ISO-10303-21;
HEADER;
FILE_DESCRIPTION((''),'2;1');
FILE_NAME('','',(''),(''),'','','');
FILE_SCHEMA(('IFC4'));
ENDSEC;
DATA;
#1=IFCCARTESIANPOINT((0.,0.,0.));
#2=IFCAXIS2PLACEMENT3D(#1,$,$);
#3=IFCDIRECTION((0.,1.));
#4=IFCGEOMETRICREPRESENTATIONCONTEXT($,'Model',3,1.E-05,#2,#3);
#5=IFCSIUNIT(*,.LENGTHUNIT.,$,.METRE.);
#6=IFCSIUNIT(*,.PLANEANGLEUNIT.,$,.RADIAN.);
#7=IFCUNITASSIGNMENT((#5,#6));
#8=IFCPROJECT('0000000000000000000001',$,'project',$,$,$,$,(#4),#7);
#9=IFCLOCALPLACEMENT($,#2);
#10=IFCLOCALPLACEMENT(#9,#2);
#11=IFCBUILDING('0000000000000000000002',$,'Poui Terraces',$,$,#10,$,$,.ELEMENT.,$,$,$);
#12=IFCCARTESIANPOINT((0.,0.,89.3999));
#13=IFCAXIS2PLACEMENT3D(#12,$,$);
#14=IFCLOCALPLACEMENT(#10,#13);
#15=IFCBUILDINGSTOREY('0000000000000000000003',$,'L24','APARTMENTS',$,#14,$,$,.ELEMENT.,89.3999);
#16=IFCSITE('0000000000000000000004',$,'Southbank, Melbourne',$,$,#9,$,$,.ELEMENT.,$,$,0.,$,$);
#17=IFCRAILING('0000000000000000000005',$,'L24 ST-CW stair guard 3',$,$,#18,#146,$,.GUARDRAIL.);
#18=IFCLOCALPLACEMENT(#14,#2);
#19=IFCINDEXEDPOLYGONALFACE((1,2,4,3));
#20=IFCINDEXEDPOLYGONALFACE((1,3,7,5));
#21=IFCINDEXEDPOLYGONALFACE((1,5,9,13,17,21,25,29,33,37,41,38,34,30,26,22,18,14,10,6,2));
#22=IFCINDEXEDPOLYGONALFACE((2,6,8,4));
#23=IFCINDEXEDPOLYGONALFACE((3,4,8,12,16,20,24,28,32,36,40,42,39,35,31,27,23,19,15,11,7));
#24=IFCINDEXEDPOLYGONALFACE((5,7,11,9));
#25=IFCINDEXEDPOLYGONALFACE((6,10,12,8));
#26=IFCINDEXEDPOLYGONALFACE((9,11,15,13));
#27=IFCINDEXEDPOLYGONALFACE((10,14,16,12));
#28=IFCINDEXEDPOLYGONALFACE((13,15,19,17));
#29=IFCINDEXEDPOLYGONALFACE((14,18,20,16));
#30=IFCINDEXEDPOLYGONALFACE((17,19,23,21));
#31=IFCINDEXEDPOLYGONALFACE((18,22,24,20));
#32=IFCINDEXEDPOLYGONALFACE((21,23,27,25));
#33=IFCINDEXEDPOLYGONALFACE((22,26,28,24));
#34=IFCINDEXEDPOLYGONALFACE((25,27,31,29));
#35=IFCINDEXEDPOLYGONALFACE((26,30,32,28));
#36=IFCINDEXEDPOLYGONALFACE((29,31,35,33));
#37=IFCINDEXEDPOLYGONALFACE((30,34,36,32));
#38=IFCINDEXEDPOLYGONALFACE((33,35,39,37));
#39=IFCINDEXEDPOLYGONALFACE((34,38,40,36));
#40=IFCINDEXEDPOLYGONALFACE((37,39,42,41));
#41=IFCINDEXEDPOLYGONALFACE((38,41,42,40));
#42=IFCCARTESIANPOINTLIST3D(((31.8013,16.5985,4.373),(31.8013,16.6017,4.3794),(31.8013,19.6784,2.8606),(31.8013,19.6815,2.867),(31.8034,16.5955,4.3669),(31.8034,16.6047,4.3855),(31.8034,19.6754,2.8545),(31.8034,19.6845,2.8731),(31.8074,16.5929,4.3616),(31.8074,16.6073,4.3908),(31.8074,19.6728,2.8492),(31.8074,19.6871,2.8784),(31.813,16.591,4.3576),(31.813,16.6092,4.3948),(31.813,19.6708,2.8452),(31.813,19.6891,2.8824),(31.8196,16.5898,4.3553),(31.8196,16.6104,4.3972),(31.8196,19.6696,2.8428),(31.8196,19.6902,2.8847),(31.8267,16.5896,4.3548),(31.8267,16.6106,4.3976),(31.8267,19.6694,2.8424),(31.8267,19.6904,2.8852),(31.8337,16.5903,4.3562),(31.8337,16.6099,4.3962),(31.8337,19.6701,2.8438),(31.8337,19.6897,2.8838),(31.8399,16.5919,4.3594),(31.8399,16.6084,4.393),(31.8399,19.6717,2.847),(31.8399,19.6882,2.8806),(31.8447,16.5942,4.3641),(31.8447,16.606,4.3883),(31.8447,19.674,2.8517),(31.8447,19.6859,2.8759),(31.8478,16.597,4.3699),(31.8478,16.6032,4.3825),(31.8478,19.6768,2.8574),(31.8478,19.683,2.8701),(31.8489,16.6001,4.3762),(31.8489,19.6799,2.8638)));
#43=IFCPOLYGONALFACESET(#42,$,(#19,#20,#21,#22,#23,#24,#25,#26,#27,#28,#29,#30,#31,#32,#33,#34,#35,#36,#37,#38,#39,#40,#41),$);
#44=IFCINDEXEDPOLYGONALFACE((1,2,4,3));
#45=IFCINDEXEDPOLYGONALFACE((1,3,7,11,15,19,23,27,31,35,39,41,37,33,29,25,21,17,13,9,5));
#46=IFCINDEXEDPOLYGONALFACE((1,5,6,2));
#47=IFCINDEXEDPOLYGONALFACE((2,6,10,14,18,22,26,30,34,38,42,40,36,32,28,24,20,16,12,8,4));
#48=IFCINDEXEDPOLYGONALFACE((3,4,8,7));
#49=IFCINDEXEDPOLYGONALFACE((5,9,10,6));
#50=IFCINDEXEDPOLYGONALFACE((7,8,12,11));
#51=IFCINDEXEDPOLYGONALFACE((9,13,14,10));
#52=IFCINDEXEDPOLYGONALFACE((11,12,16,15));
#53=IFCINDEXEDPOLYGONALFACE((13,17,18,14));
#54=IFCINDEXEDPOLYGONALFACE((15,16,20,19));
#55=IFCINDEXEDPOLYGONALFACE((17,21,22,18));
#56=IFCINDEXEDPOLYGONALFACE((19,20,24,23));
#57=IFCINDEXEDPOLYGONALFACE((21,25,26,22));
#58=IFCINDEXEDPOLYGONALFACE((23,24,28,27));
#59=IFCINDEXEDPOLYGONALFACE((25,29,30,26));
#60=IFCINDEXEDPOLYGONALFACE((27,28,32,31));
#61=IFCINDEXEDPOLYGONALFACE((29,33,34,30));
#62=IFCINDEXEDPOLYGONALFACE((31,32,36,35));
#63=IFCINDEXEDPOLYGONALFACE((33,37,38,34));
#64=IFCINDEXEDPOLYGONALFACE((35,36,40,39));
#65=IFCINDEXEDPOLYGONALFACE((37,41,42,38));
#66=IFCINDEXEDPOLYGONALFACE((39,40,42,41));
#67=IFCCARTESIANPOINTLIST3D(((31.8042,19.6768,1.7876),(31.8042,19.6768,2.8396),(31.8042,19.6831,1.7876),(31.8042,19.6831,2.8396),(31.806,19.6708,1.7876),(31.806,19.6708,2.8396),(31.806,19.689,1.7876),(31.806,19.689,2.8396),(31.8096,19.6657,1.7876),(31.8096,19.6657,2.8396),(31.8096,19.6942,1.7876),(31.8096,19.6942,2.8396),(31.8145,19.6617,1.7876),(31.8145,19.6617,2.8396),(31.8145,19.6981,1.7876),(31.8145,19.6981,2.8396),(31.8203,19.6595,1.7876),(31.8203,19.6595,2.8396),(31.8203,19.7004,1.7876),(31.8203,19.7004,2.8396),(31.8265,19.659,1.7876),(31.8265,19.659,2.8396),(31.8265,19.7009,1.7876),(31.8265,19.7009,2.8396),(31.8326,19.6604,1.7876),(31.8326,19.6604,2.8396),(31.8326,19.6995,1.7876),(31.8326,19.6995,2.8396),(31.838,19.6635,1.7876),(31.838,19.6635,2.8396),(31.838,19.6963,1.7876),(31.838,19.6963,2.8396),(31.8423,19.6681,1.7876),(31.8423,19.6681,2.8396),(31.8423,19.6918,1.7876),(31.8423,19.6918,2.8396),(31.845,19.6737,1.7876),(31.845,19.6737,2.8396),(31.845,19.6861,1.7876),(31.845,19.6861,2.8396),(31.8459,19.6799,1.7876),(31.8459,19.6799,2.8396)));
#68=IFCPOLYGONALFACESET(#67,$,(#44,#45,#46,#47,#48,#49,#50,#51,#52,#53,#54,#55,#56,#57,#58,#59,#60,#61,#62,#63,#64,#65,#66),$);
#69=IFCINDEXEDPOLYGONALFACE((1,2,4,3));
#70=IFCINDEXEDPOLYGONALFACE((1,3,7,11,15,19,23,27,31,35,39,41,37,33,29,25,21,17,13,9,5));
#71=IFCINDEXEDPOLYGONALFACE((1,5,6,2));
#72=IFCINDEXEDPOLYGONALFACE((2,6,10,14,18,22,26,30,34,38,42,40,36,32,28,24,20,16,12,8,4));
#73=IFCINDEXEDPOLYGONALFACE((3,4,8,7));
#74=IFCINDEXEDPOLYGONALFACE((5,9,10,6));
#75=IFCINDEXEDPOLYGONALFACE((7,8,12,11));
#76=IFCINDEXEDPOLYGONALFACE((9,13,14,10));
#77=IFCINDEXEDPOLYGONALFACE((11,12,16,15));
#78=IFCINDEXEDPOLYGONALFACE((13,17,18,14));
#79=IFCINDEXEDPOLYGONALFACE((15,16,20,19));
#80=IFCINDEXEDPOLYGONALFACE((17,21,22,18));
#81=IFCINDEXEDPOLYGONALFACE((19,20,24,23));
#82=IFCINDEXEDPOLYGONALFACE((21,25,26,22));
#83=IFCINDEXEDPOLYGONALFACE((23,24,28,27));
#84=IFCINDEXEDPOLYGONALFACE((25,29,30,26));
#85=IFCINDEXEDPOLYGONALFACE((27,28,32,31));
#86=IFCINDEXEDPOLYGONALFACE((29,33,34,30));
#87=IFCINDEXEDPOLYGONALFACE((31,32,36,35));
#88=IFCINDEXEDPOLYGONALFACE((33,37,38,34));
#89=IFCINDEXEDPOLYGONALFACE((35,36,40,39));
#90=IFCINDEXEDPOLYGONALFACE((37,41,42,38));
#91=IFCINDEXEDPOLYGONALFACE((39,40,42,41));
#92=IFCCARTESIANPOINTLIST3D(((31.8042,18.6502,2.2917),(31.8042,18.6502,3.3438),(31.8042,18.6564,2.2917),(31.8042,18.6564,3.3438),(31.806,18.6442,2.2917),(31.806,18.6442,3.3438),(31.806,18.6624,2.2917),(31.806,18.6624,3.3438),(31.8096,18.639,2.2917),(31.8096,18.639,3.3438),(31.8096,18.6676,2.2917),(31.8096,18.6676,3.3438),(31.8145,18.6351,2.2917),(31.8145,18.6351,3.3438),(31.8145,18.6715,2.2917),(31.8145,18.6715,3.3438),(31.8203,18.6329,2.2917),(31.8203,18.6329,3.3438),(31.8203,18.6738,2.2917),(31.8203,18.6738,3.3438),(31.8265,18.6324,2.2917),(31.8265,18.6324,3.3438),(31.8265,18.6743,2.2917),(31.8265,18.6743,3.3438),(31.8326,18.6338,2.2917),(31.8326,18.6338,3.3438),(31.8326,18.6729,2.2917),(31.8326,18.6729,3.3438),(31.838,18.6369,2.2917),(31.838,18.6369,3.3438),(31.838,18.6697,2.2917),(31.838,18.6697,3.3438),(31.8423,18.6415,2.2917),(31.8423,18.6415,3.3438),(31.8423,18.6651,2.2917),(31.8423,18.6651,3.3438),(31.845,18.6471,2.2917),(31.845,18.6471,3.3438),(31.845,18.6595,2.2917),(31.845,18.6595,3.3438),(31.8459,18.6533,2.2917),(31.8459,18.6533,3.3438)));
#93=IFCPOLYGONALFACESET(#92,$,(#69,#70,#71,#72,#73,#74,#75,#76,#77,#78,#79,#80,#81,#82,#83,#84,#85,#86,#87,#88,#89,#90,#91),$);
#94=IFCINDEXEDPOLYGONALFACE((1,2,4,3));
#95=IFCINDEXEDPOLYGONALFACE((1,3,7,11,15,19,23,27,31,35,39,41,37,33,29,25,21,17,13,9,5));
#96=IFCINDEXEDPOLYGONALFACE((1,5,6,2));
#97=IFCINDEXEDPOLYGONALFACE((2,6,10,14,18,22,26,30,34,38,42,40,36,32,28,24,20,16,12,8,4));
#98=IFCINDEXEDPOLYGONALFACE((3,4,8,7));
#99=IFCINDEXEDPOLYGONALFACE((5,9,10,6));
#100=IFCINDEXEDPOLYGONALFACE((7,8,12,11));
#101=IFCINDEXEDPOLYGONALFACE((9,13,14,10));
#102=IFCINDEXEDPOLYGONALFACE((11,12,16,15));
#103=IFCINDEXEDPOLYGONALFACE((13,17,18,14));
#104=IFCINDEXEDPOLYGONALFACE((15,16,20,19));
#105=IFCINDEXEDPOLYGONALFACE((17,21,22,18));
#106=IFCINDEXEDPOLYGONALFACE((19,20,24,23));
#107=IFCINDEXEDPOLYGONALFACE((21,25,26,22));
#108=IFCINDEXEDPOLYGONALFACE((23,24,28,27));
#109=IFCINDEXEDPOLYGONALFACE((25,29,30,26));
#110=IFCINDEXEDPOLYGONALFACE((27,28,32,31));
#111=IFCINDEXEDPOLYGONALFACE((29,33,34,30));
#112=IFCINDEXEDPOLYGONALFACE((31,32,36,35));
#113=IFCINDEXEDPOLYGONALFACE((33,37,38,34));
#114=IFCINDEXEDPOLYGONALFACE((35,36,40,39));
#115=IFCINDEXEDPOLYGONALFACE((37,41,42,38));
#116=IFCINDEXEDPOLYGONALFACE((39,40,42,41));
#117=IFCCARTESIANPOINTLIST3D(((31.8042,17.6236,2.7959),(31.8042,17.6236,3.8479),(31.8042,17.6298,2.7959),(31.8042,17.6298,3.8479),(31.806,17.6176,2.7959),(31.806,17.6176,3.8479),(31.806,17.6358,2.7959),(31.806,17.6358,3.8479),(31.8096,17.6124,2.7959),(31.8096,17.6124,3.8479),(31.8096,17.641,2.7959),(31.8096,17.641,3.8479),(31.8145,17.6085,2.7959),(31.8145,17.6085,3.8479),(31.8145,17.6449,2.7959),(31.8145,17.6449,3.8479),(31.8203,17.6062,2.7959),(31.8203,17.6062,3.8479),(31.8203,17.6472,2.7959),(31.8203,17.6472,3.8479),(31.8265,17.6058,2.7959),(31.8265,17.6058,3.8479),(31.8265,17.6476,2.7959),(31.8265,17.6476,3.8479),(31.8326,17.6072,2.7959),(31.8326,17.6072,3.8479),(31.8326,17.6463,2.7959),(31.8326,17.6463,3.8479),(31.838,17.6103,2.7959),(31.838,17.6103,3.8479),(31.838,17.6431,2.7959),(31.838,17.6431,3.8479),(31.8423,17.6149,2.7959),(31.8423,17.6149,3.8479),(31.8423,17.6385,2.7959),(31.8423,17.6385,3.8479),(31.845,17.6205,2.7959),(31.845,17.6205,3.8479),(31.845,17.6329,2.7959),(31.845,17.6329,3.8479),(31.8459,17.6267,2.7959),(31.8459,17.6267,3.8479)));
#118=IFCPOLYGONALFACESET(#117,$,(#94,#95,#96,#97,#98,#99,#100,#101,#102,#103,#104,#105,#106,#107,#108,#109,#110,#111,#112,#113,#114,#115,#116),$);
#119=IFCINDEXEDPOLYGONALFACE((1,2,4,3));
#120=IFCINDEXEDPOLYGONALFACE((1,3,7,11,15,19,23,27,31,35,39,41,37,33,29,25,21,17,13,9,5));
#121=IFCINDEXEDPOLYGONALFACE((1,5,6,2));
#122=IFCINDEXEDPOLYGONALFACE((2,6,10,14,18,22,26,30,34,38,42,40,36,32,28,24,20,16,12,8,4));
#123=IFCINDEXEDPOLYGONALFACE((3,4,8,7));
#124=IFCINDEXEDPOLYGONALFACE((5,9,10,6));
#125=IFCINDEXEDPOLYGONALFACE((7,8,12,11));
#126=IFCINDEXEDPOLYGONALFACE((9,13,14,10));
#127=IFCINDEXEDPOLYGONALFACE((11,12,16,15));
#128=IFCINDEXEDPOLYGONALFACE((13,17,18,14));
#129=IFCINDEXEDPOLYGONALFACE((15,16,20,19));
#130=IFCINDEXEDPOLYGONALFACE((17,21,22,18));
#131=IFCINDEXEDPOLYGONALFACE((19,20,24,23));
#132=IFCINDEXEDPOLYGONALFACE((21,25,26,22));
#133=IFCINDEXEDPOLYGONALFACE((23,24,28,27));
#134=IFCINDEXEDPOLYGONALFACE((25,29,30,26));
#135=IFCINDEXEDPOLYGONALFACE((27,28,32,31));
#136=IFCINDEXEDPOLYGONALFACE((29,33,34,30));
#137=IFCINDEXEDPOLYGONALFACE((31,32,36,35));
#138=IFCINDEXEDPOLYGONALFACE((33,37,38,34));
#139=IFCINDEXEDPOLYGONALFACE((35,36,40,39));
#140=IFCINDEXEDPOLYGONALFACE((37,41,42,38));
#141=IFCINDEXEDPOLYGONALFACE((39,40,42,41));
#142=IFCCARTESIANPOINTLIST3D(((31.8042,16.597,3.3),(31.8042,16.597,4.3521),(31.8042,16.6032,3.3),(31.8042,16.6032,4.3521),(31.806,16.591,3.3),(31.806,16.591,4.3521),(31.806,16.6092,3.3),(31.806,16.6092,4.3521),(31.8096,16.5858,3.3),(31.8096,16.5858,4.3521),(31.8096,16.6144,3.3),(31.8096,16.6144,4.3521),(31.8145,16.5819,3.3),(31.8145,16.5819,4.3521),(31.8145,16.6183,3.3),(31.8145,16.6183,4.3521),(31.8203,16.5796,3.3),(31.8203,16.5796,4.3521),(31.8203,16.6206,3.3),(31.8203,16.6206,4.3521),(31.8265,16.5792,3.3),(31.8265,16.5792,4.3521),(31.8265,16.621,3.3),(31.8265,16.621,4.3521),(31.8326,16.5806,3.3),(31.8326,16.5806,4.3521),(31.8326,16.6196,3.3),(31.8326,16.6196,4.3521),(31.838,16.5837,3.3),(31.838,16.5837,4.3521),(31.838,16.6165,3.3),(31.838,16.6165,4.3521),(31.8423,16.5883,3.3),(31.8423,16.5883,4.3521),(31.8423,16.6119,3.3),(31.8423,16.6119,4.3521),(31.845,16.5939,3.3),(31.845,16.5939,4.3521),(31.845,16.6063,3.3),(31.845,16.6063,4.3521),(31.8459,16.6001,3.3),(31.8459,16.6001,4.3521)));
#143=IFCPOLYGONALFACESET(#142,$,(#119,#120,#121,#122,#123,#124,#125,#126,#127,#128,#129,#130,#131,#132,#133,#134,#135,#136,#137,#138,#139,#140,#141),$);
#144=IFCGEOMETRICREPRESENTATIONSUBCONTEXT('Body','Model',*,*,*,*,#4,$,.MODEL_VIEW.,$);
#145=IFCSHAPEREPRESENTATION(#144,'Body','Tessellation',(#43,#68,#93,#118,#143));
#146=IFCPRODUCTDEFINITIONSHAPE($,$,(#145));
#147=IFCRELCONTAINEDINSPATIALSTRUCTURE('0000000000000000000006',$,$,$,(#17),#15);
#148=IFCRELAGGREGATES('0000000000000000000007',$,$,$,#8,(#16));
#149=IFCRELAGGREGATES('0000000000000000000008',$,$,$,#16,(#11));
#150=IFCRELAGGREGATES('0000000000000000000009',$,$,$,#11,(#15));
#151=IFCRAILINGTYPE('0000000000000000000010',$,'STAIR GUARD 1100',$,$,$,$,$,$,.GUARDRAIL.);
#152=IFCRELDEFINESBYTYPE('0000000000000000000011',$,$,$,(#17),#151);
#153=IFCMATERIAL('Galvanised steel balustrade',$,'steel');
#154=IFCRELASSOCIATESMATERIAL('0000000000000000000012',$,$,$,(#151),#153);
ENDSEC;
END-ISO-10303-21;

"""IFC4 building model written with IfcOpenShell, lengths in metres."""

from ifc_helpers import new_model, si_unit, direction, frame, origin, origin_2d, place, context, subcontext, project, spatial, circle, extrude, material, type_object, element, save


model = new_model("IFC4")

# Units and contexts
model_context = context("Model", 3, precision=1e-05, world=origin(), true_north=direction((0.0, 1.0)))
body_context = subcontext(model_context, "Body", "Model", "MODEL_VIEW")
ifc_project = project(units=[si_unit("LENGTHUNIT", "METRE"), si_unit("PLANEANGLEUNIT", "RADIAN")], contexts=[model_context])

# Site, building, storey
site_placement = place(None, origin())
site = spatial("IfcSite", under=ifc_project, at=site_placement, Name="Southbank, Melbourne", CompositionType="ELEMENT", RefElevation=0.0)
building_placement = place(site_placement, origin())
building = spatial("IfcBuilding", under=site, at=building_placement, Name="Poui Terraces", CompositionType="ELEMENT")
storey_placement = place(building_placement, frame((0.0, 0.0, 89.3999)))
storey = spatial("IfcBuildingStorey", under=building, at=storey_placement, Name="L24", Description="APARTMENTS", CompositionType="ELEMENT", Elevation=89.3999)

# Railing
ifc_material_1 = material(Name="Galvanised steel balustrade", Category="steel")
railing_type_1 = type_object("IfcRailingType", Name="STAIR GUARD 1100", PredefinedType="GUARDRAIL", material=ifc_material_1)
railing_1_placement = place(storey_placement, frame((31.825, 19.6799, 1.7876)))
element("IfcRailing", 1, at=railing_1_placement, inside=storey, type_object=railing_type_1, Name="L24 ST-CW stair guard 3", PredefinedType="GUARDRAIL", context=body_context, shape_type="SweptSolid", body=[
    extrude(circle(Radius=0.0239, at=origin_2d()), frame((0.0, 0.0, 1.0762), z_axis=(0.0, -0.897606, 0.440798), x_axis=(1.0, 0.0, 0.0)), (0.0, 0.0, 1.0), 3.4312),
    extrude(circle(Radius=0.021, at=origin_2d()), origin(), (0.0, 0.0, 1.0), 1.052),
    extrude(circle(Radius=0.021, at=origin_2d()), frame((0.0, -1.0266, 0.5042)), (0.0, 0.0, 1.0), 1.052),
    extrude(circle(Radius=0.021, at=origin_2d()), frame((0.0, -2.0532, 1.0083)), (0.0, 0.0, 1.0), 1.052),
    extrude(circle(Radius=0.021, at=origin_2d()), frame((0.0, -3.0798, 1.5125)), (0.0, 0.0, 1.0), 1.052),
])

save(model, "model.ifc")
